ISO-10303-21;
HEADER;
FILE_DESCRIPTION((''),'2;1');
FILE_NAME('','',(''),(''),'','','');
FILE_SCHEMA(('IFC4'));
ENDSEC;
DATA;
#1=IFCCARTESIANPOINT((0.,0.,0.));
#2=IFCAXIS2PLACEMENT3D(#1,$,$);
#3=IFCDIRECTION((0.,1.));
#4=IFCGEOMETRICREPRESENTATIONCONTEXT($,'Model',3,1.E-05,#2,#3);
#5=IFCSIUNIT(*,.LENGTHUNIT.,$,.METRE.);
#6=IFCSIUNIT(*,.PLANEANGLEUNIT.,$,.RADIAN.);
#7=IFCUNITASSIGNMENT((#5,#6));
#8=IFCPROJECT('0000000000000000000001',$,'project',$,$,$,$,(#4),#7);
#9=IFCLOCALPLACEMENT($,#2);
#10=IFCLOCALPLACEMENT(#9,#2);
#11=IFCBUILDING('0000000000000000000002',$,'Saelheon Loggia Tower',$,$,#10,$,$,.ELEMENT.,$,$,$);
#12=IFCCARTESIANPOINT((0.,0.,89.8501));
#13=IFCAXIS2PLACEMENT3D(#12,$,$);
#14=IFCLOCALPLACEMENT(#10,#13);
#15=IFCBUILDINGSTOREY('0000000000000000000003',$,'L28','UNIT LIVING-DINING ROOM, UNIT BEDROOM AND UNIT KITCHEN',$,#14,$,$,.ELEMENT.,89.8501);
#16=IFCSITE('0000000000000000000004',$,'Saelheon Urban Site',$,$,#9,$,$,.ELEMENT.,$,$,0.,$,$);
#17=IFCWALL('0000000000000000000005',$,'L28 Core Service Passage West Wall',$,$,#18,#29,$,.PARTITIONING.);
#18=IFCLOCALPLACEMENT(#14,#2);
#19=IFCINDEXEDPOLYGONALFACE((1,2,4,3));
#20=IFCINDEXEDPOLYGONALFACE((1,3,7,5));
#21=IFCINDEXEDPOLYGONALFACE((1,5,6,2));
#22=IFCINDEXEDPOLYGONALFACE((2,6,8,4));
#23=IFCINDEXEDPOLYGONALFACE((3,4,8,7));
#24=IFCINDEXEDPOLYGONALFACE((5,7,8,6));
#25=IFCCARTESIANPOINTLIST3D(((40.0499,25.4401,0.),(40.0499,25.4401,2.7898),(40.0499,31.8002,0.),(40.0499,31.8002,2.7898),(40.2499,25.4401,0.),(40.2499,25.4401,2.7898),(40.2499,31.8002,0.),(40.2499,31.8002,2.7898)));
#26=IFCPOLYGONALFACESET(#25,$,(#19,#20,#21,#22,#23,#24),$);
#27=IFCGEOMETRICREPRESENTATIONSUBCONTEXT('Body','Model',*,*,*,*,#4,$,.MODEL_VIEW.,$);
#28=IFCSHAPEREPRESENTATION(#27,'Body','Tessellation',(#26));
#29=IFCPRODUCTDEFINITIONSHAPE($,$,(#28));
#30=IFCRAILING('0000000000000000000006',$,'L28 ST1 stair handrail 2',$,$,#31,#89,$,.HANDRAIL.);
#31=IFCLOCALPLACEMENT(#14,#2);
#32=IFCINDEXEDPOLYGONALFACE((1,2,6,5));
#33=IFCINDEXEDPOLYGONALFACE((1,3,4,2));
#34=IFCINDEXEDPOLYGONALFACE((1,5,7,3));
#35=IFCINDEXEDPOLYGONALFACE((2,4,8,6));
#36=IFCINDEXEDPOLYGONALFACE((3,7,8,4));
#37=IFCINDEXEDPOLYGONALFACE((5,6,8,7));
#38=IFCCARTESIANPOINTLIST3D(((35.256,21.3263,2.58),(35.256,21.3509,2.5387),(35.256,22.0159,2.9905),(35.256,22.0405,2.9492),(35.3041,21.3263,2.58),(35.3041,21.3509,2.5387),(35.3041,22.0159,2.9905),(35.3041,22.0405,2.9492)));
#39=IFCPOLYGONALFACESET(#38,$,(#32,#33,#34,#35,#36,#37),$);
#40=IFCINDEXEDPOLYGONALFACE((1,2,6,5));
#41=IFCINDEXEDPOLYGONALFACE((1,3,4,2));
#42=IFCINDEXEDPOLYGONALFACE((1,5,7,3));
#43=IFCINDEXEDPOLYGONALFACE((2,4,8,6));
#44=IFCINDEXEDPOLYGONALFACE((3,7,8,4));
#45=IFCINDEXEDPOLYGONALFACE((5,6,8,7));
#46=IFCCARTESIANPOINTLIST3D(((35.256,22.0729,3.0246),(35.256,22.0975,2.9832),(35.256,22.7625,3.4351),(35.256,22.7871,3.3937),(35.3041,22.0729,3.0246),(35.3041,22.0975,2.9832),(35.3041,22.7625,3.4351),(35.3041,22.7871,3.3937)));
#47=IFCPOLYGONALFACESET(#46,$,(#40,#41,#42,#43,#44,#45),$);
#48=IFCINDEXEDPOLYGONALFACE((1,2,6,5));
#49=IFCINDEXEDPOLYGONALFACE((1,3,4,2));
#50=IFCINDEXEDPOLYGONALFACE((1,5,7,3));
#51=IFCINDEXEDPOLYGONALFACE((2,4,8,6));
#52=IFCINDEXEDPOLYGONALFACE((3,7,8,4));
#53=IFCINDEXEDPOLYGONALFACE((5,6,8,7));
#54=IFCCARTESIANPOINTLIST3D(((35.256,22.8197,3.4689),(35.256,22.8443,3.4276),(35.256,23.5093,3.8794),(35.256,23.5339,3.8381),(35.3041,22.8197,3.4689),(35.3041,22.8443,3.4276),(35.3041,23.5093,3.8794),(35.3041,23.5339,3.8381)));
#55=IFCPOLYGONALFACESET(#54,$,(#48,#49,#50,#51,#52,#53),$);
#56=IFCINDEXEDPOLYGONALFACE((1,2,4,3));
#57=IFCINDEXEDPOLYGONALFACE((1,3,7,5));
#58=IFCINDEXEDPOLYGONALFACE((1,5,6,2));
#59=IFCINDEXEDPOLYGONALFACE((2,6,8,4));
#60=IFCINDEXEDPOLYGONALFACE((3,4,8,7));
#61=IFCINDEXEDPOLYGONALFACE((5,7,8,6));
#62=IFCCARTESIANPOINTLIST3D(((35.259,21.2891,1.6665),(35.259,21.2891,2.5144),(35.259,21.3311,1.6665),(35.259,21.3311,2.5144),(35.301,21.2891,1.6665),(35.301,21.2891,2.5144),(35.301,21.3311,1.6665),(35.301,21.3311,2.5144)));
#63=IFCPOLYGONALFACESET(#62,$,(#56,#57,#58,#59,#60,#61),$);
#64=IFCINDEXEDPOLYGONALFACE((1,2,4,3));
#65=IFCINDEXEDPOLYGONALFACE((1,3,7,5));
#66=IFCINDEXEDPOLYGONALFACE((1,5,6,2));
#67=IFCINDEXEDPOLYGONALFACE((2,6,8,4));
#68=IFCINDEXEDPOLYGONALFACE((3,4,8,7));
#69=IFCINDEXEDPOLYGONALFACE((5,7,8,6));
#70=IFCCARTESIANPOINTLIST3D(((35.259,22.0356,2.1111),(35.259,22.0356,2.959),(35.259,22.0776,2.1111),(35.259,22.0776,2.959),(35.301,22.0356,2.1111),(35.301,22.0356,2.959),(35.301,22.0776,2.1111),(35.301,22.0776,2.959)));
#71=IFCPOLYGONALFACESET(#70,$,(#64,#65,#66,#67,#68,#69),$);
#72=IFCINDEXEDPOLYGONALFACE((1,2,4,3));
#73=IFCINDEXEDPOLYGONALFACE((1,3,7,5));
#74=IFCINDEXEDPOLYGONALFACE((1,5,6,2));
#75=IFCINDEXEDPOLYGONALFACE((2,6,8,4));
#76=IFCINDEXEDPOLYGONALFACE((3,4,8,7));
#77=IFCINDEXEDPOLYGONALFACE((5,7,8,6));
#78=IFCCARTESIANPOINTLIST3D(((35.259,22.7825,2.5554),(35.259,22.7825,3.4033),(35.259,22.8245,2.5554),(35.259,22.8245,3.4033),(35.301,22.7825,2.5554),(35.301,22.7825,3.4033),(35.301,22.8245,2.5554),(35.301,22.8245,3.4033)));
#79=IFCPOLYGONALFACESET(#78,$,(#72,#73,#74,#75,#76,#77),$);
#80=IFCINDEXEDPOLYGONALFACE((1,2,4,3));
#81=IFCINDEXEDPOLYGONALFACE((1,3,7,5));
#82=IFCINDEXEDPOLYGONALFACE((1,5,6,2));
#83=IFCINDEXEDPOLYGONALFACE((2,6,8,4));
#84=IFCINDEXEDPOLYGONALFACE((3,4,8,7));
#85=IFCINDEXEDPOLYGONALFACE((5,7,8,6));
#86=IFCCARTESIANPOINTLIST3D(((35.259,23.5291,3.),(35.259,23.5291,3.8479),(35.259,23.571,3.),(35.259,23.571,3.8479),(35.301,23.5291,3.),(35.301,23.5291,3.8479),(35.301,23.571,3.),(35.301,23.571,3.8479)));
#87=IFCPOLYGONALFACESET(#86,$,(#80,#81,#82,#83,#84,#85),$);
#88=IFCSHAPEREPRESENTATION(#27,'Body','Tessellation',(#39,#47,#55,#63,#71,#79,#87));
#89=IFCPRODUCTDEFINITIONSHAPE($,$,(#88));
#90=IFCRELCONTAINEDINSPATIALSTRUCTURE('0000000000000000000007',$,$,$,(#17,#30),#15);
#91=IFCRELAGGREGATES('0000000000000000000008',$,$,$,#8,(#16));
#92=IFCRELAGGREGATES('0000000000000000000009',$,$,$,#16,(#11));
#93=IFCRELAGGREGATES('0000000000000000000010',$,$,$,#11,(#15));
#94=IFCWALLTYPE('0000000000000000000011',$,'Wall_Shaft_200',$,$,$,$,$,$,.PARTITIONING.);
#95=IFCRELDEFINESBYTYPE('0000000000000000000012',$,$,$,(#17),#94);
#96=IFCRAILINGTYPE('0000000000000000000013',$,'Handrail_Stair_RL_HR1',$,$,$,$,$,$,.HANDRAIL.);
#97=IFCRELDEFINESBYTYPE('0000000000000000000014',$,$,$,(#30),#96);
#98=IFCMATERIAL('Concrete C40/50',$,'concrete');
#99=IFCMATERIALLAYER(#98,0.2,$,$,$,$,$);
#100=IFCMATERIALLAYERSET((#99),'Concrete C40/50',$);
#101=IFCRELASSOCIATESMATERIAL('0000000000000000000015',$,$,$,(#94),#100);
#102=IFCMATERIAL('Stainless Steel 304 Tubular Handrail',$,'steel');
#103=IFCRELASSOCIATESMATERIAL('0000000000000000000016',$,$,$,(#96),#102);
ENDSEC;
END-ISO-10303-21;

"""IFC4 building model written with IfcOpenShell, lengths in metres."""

from ifc_helpers import new_model, si_unit, direction, frame, frame_2d, origin, origin_2d, place, context, subcontext, project, spatial, rectangle, extrude, material, layer, layer_set, type_object, element, save


model = new_model("IFC4")

# Units and contexts
model_context = context("Model", 3, precision=1e-05, world=origin(), true_north=direction((0.0, 1.0)))
body_context = subcontext(model_context, "Body", "Model", "MODEL_VIEW")
ifc_project = project(units=[si_unit("LENGTHUNIT", "METRE"), si_unit("PLANEANGLEUNIT", "RADIAN")], contexts=[model_context])

# Site, building, storey
site_placement = place(None, origin())
site = spatial("IfcSite", under=ifc_project, at=site_placement, Name="Saelheon Urban Site", CompositionType="ELEMENT", RefElevation=0.0)
building_placement = place(site_placement, origin())
building = spatial("IfcBuilding", under=site, at=building_placement, Name="Saelheon Loggia Tower", CompositionType="ELEMENT")
storey_placement = place(building_placement, frame((0.0, 0.0, 89.8501)))
storey = spatial("IfcBuildingStorey", under=building, at=storey_placement, Name="L28", Description="UNIT LIVING-DINING ROOM, UNIT BEDROOM AND UNIT KITCHEN", CompositionType="ELEMENT", Elevation=89.8501)

# Wall
ifc_material_1 = material(Name="Concrete C40/50", Category="concrete")
ifc_layer_1 = layer(ifc_material_1, 0.2)
ifc_layer_set_1 = layer_set([ifc_layer_1], Name="Concrete C40/50")
wall_type_1 = type_object("IfcWallType", Name="Wall_Shaft_200", PredefinedType="PARTITIONING", material=ifc_layer_set_1)
wall_1_placement = place(storey_placement, frame((40.1499, 25.4399, 0.0), z_axis=(0.0, 0.0, 1.0), x_axis=(0.0, 1.0, 0.0)))
element("IfcWall", 1, at=wall_1_placement, inside=storey, type_object=wall_type_1, Name="L28 Core Service Passage West Wall", PredefinedType="PARTITIONING", context=body_context, shape_type="SweptSolid", body=[
    extrude(rectangle(XDim=6.3601, YDim=0.2, at=frame_2d((3.1802, 0.0))), origin(), (0.0, 0.0, 1.0), 2.7898),
])

# Railing
ifc_material_2 = material(Name="Stainless Steel 304 Tubular Handrail", Category="steel")
railing_type = type_object("IfcRailingType", Name="Handrail_Stair_RL_HR1", PredefinedType="HANDRAIL", material=ifc_material_2)
railing_placement = place(storey_placement, frame((35.28, 21.3101, 1.6665)))
element("IfcRailing", 2, at=railing_placement, inside=storey, type_object=railing_type, Name="L28 ST1 stair handrail 2", PredefinedType="HANDRAIL", context=body_context, shape_type="SweptSolid", body=[
    extrude(rectangle(XDim=0.0481, YDim=0.0481, at=origin_2d()), frame((0.0, 0.0286, 0.8928), z_axis=(0.0, 0.859264, 0.511532), x_axis=(-1.0, 0.0, 0.0)), (0.0, 0.0, 1.0), 0.8025),
    extrude(rectangle(XDim=0.0481, YDim=0.0481, at=origin_2d()), frame((0.0, 0.7751, 1.3374), z_axis=(0.0, 0.859264, 0.511532), x_axis=(-1.0, 0.0, 0.0)), (0.0, 0.0, 1.0), 0.8025),
    extrude(rectangle(XDim=0.0481, YDim=0.0481, at=origin_2d()), frame((0.0, 1.522, 1.7817), z_axis=(0.0, 0.859264, 0.511532), x_axis=(-1.0, 0.0, 0.0)), (0.0, 0.0, 1.0), 0.8025),
    extrude(rectangle(XDim=0.042, YDim=0.042, at=origin_2d()), origin(), (0.0, 0.0, 1.0), 0.8479),
    extrude(rectangle(XDim=0.042, YDim=0.042, at=origin_2d()), frame((0.0, 0.7466, 0.4446)), (0.0, 0.0, 1.0), 0.8479),
    extrude(rectangle(XDim=0.042, YDim=0.042, at=origin_2d()), frame((0.0, 1.4934, 0.8889)), (0.0, 0.0, 1.0), 0.8479),
    extrude(rectangle(XDim=0.042, YDim=0.042, at=origin_2d()), frame((0.0, 2.24, 1.3335)), (0.0, 0.0, 1.0), 0.8479),
])

save(model, "model.ifc")
